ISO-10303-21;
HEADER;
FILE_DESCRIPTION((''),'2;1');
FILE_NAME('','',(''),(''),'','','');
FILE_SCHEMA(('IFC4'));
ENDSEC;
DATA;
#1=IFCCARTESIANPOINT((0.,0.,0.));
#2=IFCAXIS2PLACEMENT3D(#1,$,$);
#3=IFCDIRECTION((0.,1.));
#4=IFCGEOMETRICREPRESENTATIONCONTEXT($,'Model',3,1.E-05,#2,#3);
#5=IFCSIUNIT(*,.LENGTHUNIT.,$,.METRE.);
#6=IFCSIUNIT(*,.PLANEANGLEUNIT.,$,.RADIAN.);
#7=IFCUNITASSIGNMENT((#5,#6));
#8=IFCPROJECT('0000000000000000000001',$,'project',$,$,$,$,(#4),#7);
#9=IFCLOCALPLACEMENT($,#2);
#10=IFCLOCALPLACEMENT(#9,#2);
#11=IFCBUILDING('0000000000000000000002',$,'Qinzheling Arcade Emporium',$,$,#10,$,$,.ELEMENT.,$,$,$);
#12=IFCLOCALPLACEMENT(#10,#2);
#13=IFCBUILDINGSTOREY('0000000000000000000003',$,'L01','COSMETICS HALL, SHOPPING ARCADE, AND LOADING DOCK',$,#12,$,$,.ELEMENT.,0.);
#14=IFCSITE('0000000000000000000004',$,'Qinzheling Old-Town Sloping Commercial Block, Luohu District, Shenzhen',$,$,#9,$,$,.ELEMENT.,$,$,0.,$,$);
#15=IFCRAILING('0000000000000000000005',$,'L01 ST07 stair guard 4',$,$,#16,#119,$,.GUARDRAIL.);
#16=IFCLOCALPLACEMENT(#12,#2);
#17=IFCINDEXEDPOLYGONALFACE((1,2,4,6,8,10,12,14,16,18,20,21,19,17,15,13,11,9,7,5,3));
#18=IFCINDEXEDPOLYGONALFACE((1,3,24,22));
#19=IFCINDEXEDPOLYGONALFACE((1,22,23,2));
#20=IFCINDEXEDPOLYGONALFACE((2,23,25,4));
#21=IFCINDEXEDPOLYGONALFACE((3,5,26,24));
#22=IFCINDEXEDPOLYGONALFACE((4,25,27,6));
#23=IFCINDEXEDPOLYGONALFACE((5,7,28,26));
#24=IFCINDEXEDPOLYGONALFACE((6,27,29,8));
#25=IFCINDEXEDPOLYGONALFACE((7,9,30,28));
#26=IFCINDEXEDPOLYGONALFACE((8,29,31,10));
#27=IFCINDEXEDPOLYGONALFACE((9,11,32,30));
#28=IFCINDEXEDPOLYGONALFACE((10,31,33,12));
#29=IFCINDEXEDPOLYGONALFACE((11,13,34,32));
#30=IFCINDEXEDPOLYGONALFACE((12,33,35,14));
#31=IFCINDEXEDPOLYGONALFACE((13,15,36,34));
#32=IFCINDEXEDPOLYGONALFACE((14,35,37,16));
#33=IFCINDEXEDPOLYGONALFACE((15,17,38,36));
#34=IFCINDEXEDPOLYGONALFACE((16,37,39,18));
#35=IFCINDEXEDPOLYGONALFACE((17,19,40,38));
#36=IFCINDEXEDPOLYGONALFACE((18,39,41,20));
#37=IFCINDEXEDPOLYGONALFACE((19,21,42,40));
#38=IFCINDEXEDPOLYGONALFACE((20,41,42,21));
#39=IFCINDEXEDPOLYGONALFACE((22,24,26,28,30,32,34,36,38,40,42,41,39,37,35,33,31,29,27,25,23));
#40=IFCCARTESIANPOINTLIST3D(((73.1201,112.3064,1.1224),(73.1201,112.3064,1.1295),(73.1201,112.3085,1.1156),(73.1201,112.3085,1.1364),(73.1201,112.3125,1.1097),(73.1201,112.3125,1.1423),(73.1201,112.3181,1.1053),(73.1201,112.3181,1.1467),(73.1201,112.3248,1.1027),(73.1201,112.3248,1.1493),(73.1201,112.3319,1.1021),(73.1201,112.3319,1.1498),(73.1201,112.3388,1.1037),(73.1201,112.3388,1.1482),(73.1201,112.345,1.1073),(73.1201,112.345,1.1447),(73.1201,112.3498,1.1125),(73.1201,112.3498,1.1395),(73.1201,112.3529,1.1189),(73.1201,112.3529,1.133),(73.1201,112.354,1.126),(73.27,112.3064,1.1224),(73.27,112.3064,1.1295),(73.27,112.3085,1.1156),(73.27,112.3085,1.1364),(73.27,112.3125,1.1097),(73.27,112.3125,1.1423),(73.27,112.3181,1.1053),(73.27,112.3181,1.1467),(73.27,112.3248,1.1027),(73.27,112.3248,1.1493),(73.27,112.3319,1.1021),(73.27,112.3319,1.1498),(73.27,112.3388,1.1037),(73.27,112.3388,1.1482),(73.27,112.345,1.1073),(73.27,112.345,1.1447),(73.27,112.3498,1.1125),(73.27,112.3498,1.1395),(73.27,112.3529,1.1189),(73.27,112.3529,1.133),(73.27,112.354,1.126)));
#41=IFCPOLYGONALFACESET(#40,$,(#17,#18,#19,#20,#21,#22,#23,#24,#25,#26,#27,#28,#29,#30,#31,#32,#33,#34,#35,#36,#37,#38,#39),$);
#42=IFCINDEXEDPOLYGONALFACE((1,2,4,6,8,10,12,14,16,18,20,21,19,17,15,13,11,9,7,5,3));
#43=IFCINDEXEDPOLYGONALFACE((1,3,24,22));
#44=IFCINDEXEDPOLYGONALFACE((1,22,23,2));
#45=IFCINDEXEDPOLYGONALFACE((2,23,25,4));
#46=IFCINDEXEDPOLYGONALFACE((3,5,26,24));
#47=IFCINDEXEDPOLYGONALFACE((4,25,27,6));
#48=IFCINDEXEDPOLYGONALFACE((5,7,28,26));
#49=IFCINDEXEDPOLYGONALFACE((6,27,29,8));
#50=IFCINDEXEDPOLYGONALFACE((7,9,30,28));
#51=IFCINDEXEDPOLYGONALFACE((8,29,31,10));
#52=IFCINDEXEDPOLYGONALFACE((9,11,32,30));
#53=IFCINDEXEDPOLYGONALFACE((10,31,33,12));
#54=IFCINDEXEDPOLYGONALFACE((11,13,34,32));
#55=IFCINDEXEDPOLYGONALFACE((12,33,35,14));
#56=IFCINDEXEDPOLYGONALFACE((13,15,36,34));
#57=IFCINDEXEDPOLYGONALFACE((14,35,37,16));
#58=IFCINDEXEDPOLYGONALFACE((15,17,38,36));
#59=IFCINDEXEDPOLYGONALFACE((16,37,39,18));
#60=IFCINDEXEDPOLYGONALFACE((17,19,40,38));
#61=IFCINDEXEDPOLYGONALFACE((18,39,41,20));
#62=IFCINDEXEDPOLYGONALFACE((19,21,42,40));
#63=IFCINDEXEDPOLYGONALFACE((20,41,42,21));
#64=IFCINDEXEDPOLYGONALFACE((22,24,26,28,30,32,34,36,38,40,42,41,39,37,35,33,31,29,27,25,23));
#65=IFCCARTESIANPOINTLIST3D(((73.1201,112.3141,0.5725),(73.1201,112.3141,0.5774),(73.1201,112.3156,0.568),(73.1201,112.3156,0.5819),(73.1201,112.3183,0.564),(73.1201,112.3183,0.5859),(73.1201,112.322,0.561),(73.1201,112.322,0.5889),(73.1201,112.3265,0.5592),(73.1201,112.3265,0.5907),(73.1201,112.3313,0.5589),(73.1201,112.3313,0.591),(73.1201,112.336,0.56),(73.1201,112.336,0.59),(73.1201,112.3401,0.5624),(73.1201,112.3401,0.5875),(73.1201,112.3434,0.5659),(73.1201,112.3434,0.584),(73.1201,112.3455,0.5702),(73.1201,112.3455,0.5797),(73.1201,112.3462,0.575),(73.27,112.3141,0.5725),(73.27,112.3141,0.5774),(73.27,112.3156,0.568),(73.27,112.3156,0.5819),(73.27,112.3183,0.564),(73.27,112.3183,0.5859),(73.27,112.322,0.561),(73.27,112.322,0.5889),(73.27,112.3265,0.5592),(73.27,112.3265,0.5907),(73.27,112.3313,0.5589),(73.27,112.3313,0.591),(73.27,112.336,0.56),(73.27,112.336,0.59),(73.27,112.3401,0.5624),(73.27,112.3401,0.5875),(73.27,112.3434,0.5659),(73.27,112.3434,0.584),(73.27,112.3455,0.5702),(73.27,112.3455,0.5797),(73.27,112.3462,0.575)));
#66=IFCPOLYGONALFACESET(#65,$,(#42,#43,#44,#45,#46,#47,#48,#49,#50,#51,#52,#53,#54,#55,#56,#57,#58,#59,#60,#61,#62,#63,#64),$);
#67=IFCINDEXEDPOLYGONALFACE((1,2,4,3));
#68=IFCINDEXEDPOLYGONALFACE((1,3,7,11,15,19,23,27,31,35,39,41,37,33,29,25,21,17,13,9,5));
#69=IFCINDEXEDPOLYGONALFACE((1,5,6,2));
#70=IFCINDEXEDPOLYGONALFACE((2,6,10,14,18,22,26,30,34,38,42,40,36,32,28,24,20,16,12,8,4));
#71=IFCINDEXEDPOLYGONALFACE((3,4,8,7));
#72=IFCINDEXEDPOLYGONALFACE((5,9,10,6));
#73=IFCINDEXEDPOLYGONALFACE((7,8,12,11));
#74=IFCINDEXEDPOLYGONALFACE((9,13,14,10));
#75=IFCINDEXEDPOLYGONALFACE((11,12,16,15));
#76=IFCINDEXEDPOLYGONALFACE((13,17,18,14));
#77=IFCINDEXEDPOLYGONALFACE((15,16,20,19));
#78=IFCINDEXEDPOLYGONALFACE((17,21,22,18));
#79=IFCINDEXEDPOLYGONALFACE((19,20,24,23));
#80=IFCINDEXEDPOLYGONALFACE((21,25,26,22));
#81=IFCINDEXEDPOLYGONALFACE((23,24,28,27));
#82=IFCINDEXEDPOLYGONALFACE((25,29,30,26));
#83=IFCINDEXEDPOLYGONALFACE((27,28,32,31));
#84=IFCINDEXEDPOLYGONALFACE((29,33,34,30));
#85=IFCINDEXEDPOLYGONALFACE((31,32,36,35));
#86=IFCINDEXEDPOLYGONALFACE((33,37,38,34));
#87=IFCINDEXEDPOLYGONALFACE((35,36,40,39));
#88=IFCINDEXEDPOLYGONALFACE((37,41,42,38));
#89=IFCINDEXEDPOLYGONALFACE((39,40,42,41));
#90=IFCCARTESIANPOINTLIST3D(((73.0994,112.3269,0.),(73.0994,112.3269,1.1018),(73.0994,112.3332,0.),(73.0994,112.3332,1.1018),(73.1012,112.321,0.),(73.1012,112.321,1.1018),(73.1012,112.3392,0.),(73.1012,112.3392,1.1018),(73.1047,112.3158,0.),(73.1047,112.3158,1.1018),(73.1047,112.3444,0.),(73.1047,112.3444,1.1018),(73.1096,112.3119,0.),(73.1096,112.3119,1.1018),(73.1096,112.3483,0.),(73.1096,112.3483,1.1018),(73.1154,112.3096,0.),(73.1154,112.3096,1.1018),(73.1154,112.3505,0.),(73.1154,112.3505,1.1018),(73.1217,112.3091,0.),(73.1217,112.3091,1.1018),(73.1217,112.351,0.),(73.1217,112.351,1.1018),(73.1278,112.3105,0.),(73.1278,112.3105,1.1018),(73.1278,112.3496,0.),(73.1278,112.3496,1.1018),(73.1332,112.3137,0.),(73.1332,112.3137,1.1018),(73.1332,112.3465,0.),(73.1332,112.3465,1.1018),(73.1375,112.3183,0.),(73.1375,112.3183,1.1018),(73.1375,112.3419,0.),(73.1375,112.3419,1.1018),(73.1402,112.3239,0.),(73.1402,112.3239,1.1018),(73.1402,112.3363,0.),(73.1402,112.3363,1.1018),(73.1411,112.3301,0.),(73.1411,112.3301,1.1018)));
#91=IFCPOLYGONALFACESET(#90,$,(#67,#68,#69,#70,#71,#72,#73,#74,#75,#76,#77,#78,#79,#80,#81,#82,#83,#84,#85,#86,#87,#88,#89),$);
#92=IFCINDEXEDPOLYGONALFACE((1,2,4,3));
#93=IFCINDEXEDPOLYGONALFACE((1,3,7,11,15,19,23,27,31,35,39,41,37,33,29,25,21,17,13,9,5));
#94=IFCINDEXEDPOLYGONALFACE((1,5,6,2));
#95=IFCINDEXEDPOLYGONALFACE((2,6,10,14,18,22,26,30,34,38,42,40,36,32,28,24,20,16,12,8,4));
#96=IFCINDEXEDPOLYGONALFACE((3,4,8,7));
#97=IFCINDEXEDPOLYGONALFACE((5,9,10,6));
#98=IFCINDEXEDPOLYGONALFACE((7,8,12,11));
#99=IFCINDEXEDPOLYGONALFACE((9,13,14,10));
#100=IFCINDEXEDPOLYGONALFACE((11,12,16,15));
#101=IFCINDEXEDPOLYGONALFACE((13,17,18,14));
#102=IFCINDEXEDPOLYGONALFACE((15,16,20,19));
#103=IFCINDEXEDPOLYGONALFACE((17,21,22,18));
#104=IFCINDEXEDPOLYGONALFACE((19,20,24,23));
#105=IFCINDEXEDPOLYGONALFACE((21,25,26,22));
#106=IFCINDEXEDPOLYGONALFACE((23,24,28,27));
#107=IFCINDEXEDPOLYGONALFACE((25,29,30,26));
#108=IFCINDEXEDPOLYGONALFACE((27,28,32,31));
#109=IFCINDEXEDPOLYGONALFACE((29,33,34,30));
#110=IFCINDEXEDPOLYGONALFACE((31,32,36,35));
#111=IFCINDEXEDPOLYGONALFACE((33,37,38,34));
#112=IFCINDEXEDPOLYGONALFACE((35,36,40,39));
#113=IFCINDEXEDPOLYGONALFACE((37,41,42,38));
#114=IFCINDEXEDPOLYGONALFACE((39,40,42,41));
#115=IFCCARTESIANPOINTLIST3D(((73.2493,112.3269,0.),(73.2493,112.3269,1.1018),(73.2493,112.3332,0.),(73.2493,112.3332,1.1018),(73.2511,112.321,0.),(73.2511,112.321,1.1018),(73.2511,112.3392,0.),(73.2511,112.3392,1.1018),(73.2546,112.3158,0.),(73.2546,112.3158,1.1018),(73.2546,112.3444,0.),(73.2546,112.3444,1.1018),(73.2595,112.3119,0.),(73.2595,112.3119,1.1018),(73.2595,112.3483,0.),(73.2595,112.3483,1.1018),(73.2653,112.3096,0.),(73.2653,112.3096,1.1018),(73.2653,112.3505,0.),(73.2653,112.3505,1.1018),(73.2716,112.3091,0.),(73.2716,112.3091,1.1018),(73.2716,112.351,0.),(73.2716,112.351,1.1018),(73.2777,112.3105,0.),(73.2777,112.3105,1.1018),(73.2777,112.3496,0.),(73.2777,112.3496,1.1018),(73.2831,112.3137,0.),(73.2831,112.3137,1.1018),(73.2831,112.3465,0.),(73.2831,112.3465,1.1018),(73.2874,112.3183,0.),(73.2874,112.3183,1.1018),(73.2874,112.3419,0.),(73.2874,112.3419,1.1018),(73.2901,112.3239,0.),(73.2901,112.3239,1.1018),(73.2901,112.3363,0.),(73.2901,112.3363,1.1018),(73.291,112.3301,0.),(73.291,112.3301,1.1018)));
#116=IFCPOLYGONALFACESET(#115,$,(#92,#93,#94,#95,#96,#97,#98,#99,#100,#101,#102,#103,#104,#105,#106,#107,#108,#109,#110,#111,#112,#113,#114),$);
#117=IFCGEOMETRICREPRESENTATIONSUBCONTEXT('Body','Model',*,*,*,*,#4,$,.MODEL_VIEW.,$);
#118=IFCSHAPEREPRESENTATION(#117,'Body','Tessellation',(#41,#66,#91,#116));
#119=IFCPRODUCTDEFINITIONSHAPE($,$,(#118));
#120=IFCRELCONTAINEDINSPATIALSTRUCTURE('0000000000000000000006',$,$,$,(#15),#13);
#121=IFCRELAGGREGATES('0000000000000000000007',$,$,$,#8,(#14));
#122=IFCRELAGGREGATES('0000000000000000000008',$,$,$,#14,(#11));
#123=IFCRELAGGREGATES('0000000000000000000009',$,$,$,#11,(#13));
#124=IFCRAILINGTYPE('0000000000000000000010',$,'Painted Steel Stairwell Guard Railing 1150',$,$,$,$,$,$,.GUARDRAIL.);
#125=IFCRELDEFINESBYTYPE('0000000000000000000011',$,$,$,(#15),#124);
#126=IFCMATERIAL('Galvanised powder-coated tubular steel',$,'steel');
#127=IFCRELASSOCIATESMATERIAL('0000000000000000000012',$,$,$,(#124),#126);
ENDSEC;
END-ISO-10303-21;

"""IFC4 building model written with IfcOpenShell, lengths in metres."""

from ifc_helpers import new_model, si_unit, direction, frame, origin, origin_2d, place, context, subcontext, project, spatial, circle, extrude, material, type_object, element, save


model = new_model("IFC4")

# Units and contexts
model_context = context("Model", 3, precision=1e-05, world=origin(), true_north=direction((0.0, 1.0)))
body_context = subcontext(model_context, "Body", "Model", "MODEL_VIEW")
ifc_project = project(units=[si_unit("LENGTHUNIT", "METRE"), si_unit("PLANEANGLEUNIT", "RADIAN")], contexts=[model_context])

# Site, building, storey
site_placement = place(None, origin())
site = spatial("IfcSite", under=ifc_project, at=site_placement, Name="Qinzheling Old-Town Sloping Commercial Block, Luohu District, Shenzhen", CompositionType="ELEMENT", RefElevation=0.0)
building_placement = place(site_placement, origin())
building = spatial("IfcBuilding", under=site, at=building_placement, Name="Qinzheling Arcade Emporium", CompositionType="ELEMENT")
storey_placement = place(building_placement, origin())
storey = spatial("IfcBuildingStorey", under=building, at=storey_placement, Name="L01", Description="COSMETICS HALL, SHOPPING ARCADE, AND LOADING DOCK", CompositionType="ELEMENT", Elevation=0.0)

# Railing
ifc_material_1 = material(Name="Galvanised powder-coated tubular steel", Category="steel")
railing_type_1 = type_object("IfcRailingType", Name="Painted Steel Stairwell Guard Railing 1150", PredefinedType="GUARDRAIL", material=ifc_material_1)
railing_1_placement = place(storey_placement, frame((73.1201, 112.3301, 0.0)))
element("IfcRailing", 1, at=railing_1_placement, inside=storey, type_object=railing_type_1, Name="L01 ST07 stair guard 4", PredefinedType="GUARDRAIL", context=body_context, shape_type="SweptSolid", body=[
    extrude(circle(Radius=0.0239, at=origin_2d()), frame((0.0, 0.0, 1.126), z_axis=(1.0, 0.0, 0.0), x_axis=(0.0, 1.0, 0.0)), (0.0, 0.0, 1.0), 0.1499),
    extrude(circle(Radius=0.0161, at=origin_2d()), frame((0.0, 0.0, 0.575), z_axis=(1.0, 0.0, 0.0), x_axis=(0.0, 1.0, 0.0)), (0.0, 0.0, 1.0), 0.1499),
    extrude(circle(Radius=0.021, at=origin_2d()), origin(), (0.0, 0.0, 1.0), 1.1018),
    extrude(circle(Radius=0.021, at=origin_2d()), frame((0.1499, 0.0, 0.0)), (0.0, 0.0, 1.0), 1.1018),
])

save(model, "model.ifc")
